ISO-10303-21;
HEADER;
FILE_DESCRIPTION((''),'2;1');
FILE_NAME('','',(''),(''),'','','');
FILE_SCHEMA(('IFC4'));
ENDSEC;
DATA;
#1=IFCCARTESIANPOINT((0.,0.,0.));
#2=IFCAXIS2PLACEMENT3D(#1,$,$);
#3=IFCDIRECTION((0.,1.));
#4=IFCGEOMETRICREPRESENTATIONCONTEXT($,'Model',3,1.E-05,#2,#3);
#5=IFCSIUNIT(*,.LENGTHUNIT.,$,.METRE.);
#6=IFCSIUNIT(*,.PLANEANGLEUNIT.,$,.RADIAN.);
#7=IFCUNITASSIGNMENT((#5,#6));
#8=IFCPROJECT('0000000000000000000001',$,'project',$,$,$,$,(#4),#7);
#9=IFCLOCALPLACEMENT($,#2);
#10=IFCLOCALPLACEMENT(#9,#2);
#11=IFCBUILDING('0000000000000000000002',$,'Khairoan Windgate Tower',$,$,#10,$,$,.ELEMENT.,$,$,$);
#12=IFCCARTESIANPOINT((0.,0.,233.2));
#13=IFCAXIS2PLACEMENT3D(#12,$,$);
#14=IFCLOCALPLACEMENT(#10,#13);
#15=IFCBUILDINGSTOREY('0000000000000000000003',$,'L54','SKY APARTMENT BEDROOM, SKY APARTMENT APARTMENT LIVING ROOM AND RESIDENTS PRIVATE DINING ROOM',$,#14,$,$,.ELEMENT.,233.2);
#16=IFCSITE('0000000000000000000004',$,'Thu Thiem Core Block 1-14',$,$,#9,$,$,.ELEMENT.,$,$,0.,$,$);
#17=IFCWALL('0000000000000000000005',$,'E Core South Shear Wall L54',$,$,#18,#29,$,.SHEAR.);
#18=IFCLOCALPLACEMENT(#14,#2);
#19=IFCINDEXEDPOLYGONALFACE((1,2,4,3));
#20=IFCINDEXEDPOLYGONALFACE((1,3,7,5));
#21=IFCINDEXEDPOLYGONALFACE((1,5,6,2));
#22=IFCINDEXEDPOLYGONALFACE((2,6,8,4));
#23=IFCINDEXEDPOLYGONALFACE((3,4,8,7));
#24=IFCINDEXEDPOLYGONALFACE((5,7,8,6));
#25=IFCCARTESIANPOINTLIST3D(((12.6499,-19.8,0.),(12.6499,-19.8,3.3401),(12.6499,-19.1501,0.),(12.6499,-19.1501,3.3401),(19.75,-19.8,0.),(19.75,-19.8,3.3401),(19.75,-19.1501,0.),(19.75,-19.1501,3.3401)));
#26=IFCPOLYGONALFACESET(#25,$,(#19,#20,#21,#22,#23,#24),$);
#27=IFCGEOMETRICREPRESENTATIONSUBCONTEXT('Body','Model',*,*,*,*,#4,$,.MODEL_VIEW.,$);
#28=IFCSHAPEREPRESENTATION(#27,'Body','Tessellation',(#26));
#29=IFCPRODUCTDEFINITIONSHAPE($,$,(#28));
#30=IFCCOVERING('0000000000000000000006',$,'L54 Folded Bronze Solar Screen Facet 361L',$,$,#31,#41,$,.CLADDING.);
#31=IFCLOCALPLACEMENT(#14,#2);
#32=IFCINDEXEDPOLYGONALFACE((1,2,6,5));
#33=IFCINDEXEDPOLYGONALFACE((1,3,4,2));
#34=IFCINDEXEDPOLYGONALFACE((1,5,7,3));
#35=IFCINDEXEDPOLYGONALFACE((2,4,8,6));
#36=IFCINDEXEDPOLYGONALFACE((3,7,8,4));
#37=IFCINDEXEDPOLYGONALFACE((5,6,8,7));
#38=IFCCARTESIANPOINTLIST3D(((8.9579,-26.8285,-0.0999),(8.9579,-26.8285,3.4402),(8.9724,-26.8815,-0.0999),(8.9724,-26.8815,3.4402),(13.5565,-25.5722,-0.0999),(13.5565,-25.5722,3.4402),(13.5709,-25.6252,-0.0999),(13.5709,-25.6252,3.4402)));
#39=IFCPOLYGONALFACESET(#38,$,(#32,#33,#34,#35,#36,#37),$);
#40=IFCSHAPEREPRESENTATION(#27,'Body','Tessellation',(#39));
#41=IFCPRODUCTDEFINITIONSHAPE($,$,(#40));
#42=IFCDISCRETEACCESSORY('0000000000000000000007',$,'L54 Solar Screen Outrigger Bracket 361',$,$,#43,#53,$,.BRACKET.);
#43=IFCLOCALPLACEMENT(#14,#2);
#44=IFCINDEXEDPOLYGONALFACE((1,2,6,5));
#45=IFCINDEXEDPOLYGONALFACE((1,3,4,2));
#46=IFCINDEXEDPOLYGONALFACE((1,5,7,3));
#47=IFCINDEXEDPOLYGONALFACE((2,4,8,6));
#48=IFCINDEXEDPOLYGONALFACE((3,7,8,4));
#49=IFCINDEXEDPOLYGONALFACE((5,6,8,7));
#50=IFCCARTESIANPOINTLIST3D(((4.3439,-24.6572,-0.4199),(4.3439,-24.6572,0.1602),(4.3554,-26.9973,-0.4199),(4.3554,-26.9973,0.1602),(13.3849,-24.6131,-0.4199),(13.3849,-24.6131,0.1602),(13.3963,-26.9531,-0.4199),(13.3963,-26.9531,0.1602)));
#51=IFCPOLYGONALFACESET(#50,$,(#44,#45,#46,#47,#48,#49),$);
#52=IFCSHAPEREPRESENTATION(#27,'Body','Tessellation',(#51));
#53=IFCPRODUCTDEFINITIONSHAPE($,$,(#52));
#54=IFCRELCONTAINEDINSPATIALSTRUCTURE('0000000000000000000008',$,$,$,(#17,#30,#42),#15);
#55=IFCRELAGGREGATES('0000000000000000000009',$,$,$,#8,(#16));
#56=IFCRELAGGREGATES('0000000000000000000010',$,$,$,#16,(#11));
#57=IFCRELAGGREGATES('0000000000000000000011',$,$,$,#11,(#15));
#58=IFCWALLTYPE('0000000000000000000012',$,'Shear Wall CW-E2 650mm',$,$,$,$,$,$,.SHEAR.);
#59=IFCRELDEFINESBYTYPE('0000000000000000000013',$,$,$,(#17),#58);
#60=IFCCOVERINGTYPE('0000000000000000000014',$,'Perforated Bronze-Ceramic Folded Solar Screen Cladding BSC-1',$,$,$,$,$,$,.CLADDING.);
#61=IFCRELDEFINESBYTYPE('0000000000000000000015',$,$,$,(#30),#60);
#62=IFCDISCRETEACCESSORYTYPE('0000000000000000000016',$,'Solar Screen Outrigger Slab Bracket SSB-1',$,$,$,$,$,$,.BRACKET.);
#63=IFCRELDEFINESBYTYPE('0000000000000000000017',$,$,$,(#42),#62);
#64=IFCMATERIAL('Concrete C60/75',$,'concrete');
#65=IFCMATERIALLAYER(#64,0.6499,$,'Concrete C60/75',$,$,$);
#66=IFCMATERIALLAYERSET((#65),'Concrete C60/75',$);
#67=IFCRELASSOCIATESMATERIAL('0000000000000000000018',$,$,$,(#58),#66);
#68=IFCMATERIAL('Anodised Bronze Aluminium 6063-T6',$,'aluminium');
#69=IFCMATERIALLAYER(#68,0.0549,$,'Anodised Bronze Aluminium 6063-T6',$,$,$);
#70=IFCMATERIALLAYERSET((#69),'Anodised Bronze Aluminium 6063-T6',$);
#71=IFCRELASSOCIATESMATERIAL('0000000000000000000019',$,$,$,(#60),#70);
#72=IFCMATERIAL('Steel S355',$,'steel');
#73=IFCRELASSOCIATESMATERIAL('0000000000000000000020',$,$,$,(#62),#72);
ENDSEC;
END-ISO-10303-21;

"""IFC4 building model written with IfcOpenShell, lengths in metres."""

from ifc_helpers import new_model, si_unit, direction, frame, frame_2d, origin, origin_2d, place, context, subcontext, project, spatial, rectangle, extrude, material, layer, layer_set, type_object, element, save


model = new_model("IFC4")

# Units and contexts
model_context = context("Model", 3, precision=1e-05, world=origin(), true_north=direction((0.0, 1.0)))
body_context = subcontext(model_context, "Body", "Model", "MODEL_VIEW")
ifc_project = project(units=[si_unit("LENGTHUNIT", "METRE"), si_unit("PLANEANGLEUNIT", "RADIAN")], contexts=[model_context])

# Site, building, storey
site_placement = place(None, origin())
site = spatial("IfcSite", under=ifc_project, at=site_placement, Name="Thu Thiem Core Block 1-14", CompositionType="ELEMENT", RefElevation=0.0)
building_placement = place(site_placement, origin())
building = spatial("IfcBuilding", under=site, at=building_placement, Name="Khairoan Windgate Tower", CompositionType="ELEMENT")
storey_placement = place(building_placement, frame((0.0, 0.0, 233.2)))
storey = spatial("IfcBuildingStorey", under=building, at=storey_placement, Name="L54", Description="SKY APARTMENT BEDROOM, SKY APARTMENT APARTMENT LIVING ROOM AND RESIDENTS PRIVATE DINING ROOM", CompositionType="ELEMENT", Elevation=233.2)

# Shared definitions
ifc_material_1 = material(Name="Concrete C60/75", Category="concrete")
ifc_layer_1 = layer(ifc_material_1, 0.6499, Name="Concrete C60/75")
ifc_layer_set_1 = layer_set([ifc_layer_1], Name="Concrete C60/75")
wall_type_1 = type_object("IfcWallType", Name="Shear Wall CW-E2 650mm", PredefinedType="SHEAR", material=ifc_layer_set_1)

# Wall
wall_1_placement = place(storey_placement, frame((12.6499, -19.4751, 0.0), z_axis=(0.0, 0.0, 1.0), x_axis=(1.0, 0.0, 0.0)))
element("IfcWall", 1, at=wall_1_placement, inside=storey, type_object=wall_type_1, Name="E Core South Shear Wall L54", PredefinedType="SHEAR", context=body_context, shape_type="SweptSolid", body=[
    extrude(rectangle(XDim=7.1001, YDim=0.6499, at=frame_2d((3.55, 0.0))), origin(), (0.0, 0.0, 1.0), 3.3401),
])

# Covering
ifc_material_2 = material(Name="Anodised Bronze Aluminium 6063-T6", Category="aluminium")
ifc_layer_2 = layer(ifc_material_2, 0.0549, Name="Anodised Bronze Aluminium 6063-T6")
ifc_layer_set_2 = layer_set([ifc_layer_2], Name="Anodised Bronze Aluminium 6063-T6")
covering_type = type_object("IfcCoveringType", Name="Perforated Bronze-Ceramic Folded Solar Screen Cladding BSC-1", PredefinedType="CLADDING", material=ifc_layer_set_2)
covering_placement = place(storey_placement, frame((11.2644, -26.2268, -0.0999), z_axis=(0.0, 0.0, 1.0), x_axis=(-0.964649, -0.263536, 0.0)))
element("IfcCovering", 2, at=covering_placement, inside=storey, type_object=covering_type, Name="L54 Folded Bronze Solar Screen Facet 361L", PredefinedType="CLADDING", context=body_context, shape_type="SweptSolid", body=[
    extrude(rectangle(XDim=4.7671, YDim=0.0549, at=origin_2d()), origin(), (0.0, 0.0, 1.0), 3.54),
])

# Discrete accessory
ifc_material_3 = material(Name="Steel S355", Category="steel")
discrete_accessory_type = type_object("IfcDiscreteAccessoryType", Name="Solar Screen Outrigger Slab Bracket SSB-1", PredefinedType="BRACKET", material=ifc_material_3)
discrete_accessory_placement = place(storey_placement, frame((8.8701, -25.8052, -0.4199), z_axis=(0.0, 0.0, 1.0), x_axis=(-0.999988, -0.004887, 0.0)))
element("IfcDiscreteAccessory", 3, at=discrete_accessory_placement, inside=storey, type_object=discrete_accessory_type, Name="L54 Solar Screen Outrigger Bracket 361", PredefinedType="BRACKET", context=body_context, shape_type="SweptSolid", body=[
    extrude(rectangle(XDim=9.041, YDim=2.3401, at=origin_2d()), origin(), (0.0, 0.0, 1.0), 0.5801),
])

save(model, "model.ifc")
